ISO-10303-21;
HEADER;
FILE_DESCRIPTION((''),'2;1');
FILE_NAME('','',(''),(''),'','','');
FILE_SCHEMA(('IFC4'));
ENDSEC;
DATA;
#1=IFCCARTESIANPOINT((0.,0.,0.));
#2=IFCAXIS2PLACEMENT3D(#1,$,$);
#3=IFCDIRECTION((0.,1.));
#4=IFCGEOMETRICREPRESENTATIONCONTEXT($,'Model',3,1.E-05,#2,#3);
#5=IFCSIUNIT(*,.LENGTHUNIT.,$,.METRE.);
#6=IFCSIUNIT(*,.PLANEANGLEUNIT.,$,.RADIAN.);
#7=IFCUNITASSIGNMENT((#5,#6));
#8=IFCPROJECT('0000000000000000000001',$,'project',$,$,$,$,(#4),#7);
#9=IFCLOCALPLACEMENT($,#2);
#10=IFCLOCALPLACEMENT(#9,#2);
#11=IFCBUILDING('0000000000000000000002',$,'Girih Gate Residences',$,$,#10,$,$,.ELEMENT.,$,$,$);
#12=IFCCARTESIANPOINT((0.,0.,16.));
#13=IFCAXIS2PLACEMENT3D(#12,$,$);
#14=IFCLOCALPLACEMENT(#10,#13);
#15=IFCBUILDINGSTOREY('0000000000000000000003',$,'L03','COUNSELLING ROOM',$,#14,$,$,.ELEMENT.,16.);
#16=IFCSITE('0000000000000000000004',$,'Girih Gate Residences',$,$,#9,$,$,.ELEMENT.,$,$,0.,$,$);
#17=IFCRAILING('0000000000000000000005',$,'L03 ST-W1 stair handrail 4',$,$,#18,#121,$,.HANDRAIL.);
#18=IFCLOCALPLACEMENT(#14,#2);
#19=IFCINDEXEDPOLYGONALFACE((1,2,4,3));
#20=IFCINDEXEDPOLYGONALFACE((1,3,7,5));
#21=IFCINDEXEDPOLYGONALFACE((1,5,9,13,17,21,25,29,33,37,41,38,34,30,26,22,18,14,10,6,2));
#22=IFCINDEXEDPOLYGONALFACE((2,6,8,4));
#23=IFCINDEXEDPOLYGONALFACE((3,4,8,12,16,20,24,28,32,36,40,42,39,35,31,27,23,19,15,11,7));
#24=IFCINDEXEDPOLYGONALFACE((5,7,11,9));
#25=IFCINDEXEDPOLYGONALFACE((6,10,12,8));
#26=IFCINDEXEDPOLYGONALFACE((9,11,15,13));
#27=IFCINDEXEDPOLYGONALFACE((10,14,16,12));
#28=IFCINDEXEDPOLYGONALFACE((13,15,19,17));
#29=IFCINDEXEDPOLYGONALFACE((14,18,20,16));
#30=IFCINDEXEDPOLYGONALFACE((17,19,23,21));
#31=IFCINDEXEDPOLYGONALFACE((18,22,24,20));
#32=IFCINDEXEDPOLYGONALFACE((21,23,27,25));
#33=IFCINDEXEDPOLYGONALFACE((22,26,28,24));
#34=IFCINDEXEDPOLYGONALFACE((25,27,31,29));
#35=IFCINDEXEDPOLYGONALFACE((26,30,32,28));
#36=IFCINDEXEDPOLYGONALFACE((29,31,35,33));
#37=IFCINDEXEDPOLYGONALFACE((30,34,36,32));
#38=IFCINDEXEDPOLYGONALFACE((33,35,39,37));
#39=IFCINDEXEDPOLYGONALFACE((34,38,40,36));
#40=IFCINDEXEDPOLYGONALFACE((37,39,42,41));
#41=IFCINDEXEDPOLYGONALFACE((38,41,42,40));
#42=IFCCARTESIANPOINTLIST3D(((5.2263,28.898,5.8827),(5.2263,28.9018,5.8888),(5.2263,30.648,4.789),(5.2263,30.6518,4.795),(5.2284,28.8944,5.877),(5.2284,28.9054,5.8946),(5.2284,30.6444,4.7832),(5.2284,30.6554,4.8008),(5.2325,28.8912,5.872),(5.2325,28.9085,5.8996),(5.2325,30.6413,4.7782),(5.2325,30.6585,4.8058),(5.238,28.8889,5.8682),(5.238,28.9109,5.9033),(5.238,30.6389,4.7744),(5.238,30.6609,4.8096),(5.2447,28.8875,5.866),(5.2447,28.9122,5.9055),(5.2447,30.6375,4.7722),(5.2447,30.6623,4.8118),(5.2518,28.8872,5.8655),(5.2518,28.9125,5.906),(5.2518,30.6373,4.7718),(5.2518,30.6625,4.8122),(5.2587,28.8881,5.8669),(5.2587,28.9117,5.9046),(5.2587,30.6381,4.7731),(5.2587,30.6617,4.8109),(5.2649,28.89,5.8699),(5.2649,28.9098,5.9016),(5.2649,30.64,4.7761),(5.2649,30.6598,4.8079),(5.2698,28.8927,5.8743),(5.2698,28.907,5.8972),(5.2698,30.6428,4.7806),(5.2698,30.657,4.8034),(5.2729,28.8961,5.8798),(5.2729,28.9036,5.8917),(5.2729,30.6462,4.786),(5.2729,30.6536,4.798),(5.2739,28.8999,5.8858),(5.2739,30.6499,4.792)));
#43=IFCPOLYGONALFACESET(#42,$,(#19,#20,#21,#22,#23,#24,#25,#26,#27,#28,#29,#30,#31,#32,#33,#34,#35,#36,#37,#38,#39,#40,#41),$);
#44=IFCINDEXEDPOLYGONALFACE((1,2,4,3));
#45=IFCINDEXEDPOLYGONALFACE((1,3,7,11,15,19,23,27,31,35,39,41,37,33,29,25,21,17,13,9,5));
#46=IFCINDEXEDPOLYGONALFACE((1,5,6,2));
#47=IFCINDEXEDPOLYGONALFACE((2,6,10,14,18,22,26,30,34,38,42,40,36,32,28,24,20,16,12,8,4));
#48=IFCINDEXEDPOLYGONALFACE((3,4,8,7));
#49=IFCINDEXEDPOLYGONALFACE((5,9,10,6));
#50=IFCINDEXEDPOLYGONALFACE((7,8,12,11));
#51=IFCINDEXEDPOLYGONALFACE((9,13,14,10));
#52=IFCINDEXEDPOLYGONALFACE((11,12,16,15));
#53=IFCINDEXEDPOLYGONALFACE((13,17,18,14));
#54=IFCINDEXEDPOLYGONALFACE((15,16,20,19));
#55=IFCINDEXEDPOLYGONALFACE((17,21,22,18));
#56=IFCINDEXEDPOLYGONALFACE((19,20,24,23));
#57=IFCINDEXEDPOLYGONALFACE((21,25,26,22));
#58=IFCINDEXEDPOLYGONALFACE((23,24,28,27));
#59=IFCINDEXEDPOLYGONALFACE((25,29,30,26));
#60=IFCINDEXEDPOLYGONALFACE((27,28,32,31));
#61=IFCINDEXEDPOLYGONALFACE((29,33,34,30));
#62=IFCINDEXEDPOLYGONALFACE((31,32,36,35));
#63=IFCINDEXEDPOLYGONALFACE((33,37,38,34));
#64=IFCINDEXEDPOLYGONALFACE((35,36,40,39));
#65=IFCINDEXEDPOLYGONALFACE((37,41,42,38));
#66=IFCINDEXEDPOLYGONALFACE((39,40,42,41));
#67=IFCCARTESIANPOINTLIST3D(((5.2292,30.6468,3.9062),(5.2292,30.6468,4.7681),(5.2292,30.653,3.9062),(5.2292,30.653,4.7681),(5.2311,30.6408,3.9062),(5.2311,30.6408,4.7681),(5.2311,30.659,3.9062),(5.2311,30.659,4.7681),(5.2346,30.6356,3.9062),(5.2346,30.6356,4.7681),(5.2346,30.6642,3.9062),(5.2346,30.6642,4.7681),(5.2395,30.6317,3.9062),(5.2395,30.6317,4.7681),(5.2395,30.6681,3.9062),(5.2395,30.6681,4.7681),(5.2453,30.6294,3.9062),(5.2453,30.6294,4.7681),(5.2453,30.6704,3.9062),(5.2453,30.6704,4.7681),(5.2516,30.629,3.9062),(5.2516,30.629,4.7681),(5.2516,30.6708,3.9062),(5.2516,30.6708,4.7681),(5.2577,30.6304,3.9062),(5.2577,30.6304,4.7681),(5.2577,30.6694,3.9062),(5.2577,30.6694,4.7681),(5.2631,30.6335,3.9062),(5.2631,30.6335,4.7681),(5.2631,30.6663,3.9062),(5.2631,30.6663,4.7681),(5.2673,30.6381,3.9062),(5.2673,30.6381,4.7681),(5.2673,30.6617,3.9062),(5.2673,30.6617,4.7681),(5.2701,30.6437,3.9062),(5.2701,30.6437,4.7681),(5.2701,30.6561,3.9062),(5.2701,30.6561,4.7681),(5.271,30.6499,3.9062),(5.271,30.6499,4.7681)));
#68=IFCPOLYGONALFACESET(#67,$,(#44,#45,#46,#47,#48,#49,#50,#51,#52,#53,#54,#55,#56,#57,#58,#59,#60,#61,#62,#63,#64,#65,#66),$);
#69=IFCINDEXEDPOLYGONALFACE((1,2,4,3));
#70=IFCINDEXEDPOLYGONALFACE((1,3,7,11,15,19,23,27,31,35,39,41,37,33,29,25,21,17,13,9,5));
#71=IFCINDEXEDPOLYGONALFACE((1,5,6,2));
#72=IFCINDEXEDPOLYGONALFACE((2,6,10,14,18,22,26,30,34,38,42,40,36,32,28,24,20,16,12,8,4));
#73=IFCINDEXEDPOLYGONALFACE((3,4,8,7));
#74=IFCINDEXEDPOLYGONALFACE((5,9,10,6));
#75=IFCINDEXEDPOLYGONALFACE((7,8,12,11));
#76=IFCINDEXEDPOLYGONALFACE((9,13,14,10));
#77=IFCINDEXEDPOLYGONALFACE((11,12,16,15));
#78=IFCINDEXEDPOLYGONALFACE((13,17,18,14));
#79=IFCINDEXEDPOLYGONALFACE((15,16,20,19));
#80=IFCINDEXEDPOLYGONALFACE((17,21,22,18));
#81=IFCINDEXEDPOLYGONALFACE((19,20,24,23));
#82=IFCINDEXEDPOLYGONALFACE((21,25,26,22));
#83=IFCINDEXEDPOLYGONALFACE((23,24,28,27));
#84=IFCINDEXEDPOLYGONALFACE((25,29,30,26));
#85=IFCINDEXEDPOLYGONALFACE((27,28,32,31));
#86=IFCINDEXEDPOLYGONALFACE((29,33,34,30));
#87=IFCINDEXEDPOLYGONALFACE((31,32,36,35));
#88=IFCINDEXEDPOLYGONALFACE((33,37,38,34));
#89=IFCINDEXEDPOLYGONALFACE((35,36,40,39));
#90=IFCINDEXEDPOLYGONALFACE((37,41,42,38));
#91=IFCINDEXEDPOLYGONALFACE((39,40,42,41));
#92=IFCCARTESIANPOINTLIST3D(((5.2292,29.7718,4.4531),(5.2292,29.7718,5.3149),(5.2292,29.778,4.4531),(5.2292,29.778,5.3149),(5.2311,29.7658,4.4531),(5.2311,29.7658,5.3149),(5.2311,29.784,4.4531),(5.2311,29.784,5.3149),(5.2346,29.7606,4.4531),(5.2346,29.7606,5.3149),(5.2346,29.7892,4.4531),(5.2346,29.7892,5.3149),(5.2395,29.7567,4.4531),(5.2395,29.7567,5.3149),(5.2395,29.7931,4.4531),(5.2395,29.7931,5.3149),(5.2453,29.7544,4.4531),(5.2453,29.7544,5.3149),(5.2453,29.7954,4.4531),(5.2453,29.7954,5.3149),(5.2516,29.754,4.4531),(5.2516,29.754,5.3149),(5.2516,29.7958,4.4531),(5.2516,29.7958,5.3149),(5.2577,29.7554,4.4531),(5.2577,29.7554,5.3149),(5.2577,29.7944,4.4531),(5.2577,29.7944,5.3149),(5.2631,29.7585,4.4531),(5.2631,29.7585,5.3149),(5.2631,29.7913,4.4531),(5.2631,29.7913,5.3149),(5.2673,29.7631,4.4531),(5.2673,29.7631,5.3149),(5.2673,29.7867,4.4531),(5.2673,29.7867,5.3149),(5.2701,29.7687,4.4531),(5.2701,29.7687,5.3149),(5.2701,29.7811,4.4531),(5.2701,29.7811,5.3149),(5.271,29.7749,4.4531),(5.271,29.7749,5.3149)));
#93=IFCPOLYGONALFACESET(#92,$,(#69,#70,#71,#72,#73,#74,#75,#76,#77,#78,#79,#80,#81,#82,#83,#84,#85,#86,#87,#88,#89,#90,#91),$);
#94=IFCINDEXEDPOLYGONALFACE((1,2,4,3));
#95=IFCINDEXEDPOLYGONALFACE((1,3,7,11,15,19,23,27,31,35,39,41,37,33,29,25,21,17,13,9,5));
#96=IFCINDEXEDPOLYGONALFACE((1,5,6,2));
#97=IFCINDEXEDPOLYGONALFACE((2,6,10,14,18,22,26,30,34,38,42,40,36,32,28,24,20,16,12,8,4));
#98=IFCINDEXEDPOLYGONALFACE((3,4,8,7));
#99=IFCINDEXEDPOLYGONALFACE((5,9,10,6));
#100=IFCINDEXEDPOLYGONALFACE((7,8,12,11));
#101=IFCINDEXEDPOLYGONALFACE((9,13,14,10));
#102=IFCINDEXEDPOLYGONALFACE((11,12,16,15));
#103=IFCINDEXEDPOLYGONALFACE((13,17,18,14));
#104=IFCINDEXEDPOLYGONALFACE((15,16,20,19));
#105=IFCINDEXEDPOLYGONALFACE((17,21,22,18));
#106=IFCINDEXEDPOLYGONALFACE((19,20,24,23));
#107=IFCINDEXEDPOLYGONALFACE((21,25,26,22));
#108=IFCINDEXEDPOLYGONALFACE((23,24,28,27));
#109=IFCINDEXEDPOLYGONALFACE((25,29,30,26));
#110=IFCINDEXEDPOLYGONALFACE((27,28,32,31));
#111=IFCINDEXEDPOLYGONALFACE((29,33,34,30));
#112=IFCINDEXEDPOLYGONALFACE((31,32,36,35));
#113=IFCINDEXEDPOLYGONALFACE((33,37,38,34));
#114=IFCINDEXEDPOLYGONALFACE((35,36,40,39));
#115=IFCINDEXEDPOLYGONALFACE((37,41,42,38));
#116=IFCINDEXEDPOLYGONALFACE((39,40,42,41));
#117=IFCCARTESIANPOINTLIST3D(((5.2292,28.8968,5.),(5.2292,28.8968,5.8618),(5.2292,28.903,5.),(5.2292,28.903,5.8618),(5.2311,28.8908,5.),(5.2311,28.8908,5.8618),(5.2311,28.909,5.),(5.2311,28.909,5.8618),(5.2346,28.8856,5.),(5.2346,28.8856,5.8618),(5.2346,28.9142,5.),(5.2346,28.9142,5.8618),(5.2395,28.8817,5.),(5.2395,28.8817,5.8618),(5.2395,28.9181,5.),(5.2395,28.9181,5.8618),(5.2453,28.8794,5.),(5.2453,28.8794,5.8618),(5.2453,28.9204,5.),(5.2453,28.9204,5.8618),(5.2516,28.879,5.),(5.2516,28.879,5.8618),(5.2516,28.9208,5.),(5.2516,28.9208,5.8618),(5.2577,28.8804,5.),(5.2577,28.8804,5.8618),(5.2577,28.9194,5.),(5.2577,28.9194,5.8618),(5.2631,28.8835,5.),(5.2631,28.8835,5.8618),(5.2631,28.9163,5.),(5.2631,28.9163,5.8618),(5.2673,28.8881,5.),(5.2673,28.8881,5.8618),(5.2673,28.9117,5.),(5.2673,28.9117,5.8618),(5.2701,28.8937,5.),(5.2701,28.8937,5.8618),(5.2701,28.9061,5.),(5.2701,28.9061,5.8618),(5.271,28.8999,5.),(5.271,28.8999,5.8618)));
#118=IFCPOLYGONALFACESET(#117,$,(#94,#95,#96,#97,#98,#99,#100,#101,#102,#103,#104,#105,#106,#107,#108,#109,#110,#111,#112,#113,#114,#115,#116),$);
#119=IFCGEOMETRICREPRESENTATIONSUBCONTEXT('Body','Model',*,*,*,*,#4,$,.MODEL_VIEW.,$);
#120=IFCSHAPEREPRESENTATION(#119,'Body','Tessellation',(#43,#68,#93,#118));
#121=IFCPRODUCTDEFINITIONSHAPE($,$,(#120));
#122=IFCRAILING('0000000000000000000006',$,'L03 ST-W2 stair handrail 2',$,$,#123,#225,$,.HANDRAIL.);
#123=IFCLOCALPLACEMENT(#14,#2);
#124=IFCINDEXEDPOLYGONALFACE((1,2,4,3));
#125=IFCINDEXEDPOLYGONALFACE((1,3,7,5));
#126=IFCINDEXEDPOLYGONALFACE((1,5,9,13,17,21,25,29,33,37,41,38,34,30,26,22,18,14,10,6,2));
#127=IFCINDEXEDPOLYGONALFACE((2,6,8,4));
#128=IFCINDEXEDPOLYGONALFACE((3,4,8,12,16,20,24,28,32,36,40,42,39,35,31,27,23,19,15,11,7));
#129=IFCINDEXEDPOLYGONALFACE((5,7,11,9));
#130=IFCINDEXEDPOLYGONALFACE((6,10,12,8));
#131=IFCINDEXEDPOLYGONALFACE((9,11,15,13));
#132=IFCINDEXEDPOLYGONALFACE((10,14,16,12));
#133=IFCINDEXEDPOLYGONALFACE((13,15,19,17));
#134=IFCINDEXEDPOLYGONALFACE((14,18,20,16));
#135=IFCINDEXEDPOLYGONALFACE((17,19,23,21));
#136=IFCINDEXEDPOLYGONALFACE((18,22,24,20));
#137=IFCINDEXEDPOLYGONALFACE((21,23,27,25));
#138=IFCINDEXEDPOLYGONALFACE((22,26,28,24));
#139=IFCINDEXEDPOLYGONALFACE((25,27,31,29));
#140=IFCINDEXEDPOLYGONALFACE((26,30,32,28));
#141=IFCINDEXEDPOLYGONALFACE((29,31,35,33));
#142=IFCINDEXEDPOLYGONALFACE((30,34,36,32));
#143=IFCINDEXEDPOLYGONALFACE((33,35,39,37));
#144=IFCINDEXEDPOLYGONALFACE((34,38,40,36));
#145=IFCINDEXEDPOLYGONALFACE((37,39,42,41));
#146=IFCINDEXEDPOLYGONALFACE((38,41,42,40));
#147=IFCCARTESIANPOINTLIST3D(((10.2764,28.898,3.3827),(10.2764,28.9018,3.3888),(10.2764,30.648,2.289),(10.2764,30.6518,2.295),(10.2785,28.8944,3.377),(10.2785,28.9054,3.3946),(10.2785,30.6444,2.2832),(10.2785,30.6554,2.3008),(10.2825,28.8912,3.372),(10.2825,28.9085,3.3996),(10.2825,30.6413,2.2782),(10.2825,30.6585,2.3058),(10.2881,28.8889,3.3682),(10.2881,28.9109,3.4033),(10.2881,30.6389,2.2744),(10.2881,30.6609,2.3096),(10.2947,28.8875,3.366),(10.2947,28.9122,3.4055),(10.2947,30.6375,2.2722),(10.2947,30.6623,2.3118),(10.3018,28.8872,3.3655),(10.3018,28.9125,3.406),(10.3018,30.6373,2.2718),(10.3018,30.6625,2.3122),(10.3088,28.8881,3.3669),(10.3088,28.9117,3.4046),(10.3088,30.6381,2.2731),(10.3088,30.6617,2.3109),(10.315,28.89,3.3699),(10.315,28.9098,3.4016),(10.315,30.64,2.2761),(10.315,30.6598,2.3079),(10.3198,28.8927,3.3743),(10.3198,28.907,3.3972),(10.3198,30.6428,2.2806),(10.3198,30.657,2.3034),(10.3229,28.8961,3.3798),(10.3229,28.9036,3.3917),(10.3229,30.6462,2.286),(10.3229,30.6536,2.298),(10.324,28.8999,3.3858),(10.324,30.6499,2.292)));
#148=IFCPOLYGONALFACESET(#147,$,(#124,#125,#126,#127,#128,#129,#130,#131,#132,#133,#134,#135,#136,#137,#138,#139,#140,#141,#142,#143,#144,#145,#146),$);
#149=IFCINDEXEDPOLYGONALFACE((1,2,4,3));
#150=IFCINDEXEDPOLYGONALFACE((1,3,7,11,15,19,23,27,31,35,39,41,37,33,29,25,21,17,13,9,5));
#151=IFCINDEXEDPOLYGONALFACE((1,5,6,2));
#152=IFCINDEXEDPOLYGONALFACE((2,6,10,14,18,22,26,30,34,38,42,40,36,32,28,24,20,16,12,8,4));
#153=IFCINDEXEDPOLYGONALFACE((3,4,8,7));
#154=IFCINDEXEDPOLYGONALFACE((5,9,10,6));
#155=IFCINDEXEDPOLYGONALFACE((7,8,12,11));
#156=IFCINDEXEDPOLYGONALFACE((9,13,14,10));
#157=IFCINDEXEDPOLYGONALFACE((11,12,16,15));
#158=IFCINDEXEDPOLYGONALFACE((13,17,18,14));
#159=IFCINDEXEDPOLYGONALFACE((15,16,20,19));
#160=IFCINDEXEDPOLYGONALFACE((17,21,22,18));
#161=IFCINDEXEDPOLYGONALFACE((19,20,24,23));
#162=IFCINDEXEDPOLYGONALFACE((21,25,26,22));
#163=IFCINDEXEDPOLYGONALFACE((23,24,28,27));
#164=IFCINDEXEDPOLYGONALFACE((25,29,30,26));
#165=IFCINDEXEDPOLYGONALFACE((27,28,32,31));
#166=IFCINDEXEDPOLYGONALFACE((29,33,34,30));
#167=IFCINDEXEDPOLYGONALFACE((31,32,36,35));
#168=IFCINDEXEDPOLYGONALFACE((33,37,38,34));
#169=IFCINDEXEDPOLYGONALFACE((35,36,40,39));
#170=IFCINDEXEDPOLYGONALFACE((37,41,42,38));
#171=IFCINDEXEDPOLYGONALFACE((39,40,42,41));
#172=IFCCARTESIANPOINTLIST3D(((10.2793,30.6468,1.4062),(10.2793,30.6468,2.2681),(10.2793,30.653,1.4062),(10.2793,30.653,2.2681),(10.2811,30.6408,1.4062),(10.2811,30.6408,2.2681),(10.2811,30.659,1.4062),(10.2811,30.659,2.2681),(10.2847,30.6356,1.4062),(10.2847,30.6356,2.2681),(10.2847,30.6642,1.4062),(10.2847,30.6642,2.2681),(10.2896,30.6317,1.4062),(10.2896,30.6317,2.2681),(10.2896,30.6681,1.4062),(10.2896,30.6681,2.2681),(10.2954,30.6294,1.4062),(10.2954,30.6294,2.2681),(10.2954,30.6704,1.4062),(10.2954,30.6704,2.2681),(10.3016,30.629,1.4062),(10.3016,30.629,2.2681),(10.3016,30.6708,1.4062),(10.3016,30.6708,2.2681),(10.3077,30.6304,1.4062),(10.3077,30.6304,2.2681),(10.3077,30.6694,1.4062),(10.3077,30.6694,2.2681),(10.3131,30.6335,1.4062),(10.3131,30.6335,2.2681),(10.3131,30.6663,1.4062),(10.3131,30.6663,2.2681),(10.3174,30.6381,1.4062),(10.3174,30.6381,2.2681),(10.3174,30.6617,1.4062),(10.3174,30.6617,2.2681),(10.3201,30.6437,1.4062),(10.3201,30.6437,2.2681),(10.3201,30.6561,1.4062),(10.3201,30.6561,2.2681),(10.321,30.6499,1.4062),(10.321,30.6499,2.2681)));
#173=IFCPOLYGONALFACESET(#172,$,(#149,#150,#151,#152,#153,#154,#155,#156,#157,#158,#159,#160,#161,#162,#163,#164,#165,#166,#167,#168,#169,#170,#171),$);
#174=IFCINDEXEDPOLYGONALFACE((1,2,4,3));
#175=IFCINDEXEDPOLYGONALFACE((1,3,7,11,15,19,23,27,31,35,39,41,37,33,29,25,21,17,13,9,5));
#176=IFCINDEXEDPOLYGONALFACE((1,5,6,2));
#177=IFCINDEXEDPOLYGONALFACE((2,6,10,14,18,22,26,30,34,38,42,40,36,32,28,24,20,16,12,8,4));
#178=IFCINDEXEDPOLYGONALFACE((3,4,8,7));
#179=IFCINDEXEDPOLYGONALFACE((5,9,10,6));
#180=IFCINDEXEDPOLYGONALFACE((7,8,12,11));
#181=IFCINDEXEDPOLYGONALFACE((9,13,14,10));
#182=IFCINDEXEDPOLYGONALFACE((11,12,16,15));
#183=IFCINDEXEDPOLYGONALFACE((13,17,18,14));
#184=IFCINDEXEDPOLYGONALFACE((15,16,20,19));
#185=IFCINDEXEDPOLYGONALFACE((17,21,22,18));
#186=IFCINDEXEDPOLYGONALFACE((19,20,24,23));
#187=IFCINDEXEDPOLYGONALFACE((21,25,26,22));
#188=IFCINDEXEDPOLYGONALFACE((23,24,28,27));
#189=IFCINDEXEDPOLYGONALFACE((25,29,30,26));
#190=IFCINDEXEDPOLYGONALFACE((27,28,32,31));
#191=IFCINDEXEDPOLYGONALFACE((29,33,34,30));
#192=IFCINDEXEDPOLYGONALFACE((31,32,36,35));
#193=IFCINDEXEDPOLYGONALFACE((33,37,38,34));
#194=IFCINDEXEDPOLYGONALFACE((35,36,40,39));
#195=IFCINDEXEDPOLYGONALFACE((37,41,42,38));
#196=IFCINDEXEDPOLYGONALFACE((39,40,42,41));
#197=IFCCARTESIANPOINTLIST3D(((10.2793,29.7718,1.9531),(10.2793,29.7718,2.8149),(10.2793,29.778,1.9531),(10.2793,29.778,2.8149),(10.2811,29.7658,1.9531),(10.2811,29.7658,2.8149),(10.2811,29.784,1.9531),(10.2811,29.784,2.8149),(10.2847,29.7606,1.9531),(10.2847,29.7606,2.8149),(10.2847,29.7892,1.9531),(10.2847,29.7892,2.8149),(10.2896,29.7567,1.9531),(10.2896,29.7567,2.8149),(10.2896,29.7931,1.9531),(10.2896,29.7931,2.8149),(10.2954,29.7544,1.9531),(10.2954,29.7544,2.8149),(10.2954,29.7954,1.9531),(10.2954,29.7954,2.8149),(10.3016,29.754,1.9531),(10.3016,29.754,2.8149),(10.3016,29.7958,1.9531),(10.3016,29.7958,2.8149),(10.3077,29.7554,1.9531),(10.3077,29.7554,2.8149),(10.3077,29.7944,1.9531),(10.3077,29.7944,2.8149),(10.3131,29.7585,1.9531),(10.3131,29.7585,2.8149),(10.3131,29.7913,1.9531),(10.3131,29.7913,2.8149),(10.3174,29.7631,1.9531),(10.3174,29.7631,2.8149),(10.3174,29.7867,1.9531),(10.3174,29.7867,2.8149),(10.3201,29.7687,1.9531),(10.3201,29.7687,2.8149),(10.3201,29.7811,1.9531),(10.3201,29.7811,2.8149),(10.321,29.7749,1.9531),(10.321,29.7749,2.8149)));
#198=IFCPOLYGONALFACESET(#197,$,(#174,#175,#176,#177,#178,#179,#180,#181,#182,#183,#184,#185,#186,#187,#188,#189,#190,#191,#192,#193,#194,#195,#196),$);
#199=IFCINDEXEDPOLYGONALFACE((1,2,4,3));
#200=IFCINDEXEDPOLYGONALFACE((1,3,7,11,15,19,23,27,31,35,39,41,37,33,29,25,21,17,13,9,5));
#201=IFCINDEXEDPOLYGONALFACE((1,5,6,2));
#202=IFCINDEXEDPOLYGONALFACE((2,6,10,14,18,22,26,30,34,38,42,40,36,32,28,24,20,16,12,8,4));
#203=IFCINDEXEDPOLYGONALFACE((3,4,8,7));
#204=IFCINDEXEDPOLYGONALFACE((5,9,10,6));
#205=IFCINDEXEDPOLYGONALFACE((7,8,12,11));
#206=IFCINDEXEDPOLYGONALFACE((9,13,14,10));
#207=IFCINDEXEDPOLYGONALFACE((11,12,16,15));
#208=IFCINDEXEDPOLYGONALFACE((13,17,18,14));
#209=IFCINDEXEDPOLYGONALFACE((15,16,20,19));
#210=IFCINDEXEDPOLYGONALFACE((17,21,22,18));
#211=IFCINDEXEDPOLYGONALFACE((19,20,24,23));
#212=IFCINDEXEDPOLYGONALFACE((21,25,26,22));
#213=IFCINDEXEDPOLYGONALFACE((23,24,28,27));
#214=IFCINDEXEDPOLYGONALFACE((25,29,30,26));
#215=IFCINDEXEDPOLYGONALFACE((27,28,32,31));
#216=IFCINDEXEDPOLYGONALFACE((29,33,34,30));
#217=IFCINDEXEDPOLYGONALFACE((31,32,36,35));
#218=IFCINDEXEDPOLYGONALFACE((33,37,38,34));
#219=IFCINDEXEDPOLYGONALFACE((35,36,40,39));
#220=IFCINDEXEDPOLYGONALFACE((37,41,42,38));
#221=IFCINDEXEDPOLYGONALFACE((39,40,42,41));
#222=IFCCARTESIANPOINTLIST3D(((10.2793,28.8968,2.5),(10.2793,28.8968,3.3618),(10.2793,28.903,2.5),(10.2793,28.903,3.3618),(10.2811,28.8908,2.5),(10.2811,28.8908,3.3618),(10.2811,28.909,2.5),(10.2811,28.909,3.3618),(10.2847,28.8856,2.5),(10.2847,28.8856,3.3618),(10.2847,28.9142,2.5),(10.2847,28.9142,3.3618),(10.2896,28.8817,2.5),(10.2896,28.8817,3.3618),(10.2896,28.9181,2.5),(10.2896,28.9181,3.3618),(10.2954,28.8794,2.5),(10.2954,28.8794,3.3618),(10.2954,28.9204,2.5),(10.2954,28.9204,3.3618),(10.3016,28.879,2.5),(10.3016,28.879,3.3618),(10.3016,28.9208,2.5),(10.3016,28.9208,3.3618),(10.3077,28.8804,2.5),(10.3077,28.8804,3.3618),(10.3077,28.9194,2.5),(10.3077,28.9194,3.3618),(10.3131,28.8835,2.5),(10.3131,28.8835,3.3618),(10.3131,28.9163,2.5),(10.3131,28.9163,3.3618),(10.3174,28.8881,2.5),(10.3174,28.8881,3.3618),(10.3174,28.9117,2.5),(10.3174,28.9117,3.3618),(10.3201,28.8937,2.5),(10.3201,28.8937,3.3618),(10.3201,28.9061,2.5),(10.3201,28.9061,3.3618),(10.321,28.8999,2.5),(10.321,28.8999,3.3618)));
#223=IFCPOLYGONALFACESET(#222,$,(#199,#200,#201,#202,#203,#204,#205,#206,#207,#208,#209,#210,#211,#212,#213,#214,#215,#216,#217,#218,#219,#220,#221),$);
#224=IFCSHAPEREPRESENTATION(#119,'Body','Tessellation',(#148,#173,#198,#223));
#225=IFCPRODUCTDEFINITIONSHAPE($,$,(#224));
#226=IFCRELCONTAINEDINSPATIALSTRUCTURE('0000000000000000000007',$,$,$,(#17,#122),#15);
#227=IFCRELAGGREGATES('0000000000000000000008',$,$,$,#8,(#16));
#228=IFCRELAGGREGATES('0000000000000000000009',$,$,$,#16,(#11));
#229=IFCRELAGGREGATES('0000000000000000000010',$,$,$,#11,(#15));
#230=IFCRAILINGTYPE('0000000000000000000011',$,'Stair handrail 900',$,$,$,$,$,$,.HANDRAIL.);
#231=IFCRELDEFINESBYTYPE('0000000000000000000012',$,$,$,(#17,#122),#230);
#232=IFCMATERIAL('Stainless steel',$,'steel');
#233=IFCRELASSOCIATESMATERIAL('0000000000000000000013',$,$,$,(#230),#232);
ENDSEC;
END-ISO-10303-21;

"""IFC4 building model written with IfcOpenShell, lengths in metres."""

from ifc_helpers import new_model, si_unit, direction, frame, origin, origin_2d, place, context, subcontext, project, spatial, circle, extrude, material, type_object, element, save


model = new_model("IFC4")

# Units and contexts
model_context = context("Model", 3, precision=1e-05, world=origin(), true_north=direction((0.0, 1.0)))
body_context = subcontext(model_context, "Body", "Model", "MODEL_VIEW")
ifc_project = project(units=[si_unit("LENGTHUNIT", "METRE"), si_unit("PLANEANGLEUNIT", "RADIAN")], contexts=[model_context])

# Site, building, storey
site_placement = place(None, origin())
site = spatial("IfcSite", under=ifc_project, at=site_placement, Name="Girih Gate Residences", CompositionType="ELEMENT", RefElevation=0.0)
building_placement = place(site_placement, origin())
building = spatial("IfcBuilding", under=site, at=building_placement, Name="Girih Gate Residences", CompositionType="ELEMENT")
storey_placement = place(building_placement, frame((0.0, 0.0, 16.0)))
storey = spatial("IfcBuildingStorey", under=building, at=storey_placement, Name="L03", Description="COUNSELLING ROOM", CompositionType="ELEMENT", Elevation=16.0)

# Railings
ifc_material_1 = material(Name="Stainless steel", Category="steel")
railing_type_1 = type_object("IfcRailingType", Name="Stair handrail 900", PredefinedType="HANDRAIL", material=ifc_material_1)
for number, where, name in (
    (1, (5.25, 30.6499, 3.9062), "L03 ST-W1 stair handrail 4"),
    (2, (10.3, 30.6499, 1.4062), "L03 ST-W2 stair handrail 2"),
):
    element("IfcRailing", number, at=place(storey_placement, frame(where)), inside=storey, type_object=railing_type_1, Name=name, PredefinedType="HANDRAIL", context=body_context, shape_type="SweptSolid", body=[
        extrude(circle(Radius=0.0239, at=origin_2d()), frame((0.0, 0.0, 0.8857), z_axis=(0.0, -0.847998, 0.529999), x_axis=(1.0, 0.0, 0.0)), (0.0, 0.0, 1.0), 2.0637),
        extrude(circle(Radius=0.021, at=origin_2d()), origin(), (0.0, 0.0, 1.0), 0.8618),
        extrude(circle(Radius=0.021, at=origin_2d()), frame((0.0, -0.875, 0.5469)), (0.0, 0.0, 1.0), 0.8618),
        extrude(circle(Radius=0.021, at=origin_2d()), frame((0.0, -1.75, 1.0938)), (0.0, 0.0, 1.0), 0.8618),
    ])

save(model, "model.ifc")
